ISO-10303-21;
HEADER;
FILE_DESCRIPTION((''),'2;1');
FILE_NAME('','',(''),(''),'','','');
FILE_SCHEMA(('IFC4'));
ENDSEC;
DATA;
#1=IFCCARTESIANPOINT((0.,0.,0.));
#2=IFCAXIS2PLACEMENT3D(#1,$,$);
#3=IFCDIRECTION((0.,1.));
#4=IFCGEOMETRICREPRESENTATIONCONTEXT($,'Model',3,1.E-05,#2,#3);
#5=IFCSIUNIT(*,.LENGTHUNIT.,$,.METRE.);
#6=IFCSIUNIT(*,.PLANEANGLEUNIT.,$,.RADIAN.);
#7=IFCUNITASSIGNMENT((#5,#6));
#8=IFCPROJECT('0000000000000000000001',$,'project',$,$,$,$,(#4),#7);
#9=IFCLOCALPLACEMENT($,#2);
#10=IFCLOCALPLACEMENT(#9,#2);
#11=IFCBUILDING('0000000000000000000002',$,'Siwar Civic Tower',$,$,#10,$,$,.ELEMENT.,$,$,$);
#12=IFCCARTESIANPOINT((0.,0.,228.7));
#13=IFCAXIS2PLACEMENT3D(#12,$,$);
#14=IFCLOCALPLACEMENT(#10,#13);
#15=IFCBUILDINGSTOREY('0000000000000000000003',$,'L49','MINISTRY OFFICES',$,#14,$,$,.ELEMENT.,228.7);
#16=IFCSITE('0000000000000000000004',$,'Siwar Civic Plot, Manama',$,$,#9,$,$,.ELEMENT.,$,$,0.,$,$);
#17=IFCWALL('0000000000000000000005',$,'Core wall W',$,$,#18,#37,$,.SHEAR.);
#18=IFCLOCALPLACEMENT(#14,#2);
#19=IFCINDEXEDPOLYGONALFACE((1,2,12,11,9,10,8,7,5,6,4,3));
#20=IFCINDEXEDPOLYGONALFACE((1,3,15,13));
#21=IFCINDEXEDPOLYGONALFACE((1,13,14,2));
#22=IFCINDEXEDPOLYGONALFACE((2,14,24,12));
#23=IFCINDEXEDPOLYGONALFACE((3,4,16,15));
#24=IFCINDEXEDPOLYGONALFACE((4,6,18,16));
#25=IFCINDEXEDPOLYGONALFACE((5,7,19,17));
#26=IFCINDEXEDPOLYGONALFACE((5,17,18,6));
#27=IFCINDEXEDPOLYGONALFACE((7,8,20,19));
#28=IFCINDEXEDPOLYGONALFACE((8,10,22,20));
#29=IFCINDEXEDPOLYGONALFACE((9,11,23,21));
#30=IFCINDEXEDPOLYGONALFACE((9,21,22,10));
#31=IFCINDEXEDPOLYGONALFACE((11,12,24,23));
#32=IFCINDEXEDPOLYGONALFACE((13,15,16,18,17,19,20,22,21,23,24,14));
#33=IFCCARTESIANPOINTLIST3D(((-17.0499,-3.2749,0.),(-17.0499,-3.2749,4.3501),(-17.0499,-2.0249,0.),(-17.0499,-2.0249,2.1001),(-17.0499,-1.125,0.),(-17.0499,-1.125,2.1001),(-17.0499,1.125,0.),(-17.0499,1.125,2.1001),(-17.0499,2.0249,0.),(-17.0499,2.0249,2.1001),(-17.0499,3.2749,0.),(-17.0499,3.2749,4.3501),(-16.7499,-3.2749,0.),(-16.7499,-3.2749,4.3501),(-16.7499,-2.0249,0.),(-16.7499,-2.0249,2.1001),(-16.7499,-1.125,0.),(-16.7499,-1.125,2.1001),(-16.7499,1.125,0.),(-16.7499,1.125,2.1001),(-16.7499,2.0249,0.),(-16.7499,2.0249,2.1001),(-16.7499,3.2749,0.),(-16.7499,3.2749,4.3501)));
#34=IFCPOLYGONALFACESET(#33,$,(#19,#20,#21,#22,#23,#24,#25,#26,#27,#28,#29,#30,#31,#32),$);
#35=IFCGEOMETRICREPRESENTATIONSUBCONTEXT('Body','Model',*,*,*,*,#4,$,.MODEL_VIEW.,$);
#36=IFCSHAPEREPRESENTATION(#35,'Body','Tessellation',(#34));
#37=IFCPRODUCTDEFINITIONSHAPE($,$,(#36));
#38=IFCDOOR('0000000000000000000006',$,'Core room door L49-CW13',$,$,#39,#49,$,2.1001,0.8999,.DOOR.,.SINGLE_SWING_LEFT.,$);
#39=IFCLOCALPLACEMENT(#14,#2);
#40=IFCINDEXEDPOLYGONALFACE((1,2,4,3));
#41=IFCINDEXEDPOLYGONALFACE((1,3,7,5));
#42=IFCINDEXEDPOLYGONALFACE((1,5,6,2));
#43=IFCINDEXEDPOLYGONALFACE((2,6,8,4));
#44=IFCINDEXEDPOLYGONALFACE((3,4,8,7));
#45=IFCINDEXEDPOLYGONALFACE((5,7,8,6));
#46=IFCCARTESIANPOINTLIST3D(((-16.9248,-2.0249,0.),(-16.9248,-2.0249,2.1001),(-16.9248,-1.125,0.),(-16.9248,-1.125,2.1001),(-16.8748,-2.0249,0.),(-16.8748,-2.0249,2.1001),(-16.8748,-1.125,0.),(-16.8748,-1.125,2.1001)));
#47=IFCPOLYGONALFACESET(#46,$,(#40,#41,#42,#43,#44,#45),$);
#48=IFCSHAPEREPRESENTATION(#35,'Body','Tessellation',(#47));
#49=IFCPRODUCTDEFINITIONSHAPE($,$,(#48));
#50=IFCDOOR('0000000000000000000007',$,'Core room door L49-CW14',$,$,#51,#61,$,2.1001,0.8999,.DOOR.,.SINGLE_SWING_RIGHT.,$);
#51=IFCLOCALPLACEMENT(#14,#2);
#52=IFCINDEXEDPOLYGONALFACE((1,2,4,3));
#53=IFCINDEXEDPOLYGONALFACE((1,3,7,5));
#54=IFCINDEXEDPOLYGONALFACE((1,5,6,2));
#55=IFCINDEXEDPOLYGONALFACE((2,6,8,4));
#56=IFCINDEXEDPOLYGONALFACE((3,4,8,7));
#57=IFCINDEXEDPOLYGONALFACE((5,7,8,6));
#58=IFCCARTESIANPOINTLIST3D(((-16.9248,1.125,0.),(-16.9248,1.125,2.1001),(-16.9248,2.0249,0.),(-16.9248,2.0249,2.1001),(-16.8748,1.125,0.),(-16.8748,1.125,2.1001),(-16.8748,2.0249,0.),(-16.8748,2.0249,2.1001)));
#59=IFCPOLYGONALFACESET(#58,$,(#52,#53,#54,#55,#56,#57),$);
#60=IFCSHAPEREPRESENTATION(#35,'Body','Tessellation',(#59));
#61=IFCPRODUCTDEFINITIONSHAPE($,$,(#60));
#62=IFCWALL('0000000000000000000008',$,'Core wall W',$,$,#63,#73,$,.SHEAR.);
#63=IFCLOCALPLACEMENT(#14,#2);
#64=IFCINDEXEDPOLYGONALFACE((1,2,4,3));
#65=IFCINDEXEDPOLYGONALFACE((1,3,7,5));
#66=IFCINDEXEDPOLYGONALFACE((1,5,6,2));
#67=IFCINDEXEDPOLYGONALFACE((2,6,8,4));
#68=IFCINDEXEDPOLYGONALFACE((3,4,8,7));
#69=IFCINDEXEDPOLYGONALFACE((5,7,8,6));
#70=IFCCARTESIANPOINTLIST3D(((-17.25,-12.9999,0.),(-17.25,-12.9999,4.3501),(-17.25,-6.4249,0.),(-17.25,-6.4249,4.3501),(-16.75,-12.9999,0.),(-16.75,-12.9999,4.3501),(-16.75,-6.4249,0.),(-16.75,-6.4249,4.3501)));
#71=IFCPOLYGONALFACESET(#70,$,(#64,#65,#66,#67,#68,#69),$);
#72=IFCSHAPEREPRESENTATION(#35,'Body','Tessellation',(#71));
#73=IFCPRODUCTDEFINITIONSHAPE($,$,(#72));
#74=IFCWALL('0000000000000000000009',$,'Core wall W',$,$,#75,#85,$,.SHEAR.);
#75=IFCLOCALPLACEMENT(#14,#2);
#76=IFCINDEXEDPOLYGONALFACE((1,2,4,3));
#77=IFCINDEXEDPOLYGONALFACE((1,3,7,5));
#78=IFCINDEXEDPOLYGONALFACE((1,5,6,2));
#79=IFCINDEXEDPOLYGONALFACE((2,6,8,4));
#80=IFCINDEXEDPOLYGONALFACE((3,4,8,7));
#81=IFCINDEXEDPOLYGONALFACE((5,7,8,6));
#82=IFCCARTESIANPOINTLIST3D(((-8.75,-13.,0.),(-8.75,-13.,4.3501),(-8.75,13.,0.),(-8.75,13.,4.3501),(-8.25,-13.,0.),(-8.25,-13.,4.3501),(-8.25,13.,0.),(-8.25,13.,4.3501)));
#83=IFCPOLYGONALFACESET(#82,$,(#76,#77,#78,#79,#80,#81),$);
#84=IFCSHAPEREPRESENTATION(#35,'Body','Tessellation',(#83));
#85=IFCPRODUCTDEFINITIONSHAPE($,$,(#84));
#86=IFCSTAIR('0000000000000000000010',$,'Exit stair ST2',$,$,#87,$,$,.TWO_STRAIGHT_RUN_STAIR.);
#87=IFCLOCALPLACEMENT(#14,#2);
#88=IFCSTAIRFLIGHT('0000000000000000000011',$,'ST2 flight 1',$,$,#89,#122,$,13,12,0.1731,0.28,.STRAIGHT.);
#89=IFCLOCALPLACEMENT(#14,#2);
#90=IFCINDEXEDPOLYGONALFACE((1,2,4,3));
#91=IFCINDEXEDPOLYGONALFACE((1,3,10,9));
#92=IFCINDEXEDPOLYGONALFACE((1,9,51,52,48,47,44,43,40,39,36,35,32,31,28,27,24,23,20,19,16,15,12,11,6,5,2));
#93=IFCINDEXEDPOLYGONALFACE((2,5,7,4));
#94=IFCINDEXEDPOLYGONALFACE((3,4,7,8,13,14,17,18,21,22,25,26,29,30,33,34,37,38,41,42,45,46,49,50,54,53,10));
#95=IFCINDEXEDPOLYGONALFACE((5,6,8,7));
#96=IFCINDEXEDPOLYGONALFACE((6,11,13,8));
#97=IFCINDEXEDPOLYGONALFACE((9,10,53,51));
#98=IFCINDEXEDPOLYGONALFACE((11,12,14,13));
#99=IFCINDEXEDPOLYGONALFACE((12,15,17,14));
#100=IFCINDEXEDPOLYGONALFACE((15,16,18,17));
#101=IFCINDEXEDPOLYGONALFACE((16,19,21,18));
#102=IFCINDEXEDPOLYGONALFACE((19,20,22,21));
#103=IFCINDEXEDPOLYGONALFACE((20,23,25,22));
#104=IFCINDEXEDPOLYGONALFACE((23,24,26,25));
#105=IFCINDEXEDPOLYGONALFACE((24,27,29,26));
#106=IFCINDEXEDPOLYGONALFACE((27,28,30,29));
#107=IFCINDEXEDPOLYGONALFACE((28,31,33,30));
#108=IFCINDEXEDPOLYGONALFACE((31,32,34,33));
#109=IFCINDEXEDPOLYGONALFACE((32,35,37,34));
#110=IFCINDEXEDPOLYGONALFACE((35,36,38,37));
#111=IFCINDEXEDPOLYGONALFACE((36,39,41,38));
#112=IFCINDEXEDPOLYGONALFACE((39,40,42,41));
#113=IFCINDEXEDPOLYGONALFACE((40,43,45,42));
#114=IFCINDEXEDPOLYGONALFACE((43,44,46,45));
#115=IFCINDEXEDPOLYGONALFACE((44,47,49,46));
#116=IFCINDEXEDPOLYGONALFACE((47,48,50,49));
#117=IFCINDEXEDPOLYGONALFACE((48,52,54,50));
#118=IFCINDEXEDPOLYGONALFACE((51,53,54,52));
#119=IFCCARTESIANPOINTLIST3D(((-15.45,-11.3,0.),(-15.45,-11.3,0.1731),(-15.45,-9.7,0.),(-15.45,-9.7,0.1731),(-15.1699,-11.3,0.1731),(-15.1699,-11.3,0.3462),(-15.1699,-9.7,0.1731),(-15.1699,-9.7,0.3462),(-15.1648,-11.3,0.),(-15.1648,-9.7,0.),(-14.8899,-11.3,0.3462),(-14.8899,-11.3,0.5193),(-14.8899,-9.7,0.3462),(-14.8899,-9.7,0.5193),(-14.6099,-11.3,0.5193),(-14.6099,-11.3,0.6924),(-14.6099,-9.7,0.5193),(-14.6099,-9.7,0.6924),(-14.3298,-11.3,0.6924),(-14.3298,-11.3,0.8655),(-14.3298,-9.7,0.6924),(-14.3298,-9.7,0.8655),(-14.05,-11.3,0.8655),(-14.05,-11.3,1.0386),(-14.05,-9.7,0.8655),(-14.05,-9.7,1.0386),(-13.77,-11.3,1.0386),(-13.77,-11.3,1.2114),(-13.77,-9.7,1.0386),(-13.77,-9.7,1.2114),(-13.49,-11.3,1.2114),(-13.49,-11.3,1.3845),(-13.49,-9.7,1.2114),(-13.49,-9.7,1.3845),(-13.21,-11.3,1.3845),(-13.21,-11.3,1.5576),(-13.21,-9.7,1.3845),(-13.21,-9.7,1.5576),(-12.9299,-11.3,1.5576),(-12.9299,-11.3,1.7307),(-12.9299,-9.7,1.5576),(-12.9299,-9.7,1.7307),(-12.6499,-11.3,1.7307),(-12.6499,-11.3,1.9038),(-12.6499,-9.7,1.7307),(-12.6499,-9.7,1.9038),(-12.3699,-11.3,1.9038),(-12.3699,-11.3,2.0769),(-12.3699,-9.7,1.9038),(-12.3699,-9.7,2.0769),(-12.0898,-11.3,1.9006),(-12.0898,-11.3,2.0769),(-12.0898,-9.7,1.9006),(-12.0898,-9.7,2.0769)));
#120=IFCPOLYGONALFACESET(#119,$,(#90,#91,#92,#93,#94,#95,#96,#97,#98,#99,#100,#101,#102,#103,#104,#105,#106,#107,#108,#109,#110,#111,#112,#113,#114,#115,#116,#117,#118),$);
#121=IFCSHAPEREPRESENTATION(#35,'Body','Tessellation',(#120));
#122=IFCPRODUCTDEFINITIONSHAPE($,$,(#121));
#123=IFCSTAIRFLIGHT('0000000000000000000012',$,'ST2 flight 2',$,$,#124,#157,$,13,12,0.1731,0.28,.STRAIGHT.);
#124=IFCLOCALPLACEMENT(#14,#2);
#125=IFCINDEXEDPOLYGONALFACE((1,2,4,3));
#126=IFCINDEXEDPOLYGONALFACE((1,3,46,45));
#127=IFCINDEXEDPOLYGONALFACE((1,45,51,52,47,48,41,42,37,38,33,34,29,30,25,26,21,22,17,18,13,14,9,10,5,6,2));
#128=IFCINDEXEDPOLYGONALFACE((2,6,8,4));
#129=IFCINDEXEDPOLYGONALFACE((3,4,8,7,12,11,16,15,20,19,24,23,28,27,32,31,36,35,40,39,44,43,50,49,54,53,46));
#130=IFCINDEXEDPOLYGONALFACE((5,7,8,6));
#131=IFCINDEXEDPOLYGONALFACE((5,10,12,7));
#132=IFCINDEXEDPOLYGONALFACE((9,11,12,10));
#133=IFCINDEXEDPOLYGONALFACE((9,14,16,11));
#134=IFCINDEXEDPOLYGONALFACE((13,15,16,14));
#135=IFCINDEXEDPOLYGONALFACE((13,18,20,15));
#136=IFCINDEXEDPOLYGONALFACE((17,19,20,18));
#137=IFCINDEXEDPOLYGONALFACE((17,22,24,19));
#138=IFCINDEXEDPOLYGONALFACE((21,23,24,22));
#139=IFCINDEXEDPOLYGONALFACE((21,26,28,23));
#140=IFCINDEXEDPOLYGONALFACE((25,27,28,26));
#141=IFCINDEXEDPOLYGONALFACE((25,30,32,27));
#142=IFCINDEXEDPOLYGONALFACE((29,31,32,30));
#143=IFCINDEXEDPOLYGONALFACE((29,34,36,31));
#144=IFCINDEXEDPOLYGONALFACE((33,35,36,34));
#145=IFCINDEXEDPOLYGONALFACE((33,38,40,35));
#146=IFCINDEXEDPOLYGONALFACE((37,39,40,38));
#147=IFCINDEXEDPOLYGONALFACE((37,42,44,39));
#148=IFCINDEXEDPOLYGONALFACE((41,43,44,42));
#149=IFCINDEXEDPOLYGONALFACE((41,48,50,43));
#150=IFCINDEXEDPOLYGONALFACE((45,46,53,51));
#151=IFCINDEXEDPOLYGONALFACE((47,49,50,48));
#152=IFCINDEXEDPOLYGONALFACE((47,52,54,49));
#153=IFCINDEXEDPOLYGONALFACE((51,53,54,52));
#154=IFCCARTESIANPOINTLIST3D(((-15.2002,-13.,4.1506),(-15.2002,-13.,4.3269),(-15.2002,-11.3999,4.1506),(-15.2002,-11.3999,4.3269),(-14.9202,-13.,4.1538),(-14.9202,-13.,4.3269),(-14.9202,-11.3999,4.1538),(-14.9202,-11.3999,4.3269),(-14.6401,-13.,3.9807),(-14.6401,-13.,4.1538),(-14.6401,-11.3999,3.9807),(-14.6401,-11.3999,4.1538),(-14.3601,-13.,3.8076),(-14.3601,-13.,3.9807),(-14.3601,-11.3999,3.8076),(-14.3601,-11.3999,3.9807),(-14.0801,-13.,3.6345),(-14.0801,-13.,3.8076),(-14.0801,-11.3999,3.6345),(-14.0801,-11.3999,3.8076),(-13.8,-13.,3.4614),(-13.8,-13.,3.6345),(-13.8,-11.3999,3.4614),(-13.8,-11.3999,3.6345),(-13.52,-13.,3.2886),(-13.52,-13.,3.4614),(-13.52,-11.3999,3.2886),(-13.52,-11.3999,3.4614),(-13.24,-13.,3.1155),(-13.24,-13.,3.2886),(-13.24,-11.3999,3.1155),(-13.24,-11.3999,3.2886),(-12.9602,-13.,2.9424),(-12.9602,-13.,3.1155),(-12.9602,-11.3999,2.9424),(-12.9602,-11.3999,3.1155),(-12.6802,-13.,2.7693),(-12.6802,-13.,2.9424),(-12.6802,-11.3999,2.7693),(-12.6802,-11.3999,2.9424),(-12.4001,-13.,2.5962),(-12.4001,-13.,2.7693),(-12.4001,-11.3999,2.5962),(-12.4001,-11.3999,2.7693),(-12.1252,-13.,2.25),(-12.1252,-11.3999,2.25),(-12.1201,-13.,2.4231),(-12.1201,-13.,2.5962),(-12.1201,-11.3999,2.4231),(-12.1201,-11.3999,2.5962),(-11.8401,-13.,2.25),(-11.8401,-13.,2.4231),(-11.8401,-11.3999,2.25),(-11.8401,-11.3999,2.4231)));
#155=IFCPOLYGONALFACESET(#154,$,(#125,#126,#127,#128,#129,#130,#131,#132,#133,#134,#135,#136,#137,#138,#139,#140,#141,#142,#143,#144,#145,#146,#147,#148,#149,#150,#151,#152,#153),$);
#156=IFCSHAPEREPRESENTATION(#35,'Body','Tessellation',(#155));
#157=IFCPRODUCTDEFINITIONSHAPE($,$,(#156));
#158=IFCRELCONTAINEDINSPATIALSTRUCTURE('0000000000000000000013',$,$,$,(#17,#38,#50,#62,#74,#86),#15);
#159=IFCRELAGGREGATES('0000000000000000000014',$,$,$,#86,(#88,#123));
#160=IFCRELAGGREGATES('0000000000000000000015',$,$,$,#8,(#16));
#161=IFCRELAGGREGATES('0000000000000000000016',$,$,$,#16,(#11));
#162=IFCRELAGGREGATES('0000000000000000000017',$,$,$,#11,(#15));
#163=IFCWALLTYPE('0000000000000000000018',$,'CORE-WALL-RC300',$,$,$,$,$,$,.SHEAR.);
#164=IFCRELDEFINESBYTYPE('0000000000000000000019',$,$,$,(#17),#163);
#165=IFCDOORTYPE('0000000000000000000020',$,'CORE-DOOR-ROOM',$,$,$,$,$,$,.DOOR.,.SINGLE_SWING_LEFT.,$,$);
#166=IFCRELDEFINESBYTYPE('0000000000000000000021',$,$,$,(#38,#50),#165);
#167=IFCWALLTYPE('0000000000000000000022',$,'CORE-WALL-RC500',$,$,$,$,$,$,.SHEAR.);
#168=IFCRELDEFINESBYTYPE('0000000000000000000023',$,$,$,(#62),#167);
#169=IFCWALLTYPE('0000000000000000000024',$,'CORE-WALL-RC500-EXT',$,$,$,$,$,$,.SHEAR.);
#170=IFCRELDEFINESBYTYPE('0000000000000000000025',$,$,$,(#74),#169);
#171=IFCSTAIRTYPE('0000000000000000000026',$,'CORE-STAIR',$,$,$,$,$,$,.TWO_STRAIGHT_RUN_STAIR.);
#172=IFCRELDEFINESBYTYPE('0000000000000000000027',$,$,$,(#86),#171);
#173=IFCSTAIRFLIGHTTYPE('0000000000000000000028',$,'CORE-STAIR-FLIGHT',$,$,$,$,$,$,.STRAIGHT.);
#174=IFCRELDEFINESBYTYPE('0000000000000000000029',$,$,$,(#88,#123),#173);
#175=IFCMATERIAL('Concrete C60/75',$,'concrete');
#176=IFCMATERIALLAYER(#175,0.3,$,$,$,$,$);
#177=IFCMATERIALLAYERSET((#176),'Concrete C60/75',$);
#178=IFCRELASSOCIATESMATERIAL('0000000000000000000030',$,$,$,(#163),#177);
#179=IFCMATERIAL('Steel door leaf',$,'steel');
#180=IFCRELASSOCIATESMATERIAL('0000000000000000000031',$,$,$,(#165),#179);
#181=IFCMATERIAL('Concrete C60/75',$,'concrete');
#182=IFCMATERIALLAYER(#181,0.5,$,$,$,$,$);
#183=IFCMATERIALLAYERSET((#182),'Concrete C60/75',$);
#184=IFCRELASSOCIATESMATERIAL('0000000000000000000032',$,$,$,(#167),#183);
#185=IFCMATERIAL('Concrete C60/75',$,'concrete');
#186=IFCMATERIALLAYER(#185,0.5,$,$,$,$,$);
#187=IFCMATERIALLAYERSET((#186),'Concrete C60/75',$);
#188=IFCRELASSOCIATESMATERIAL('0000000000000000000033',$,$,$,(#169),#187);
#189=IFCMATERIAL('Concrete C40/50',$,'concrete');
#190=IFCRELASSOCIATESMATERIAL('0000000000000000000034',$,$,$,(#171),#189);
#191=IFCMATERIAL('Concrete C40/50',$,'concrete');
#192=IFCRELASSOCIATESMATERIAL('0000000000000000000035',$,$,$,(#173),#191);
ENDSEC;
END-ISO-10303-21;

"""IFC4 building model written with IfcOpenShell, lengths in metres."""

from ifc_helpers import new_model, si_unit, direction, frame, frame_2d, origin, place, context, subcontext, project, spatial, polyline, rectangle, outline, extrude, material, layer, layer_set, type_object, element, fill, aggregate, save


model = new_model("IFC4")

# Units and contexts
model_context = context("Model", 3, precision=1e-05, world=origin(), true_north=direction((0.0, 1.0)))
body_context = subcontext(model_context, "Body", "Model", "MODEL_VIEW")
ifc_project = project(units=[si_unit("LENGTHUNIT", "METRE"), si_unit("PLANEANGLEUNIT", "RADIAN")], contexts=[model_context])

# Site, building, storey
site_placement = place(None, origin())
site = spatial("IfcSite", under=ifc_project, at=site_placement, Name="Siwar Civic Plot, Manama", CompositionType="ELEMENT", RefElevation=0.0)
building_placement = place(site_placement, origin())
building = spatial("IfcBuilding", under=site, at=building_placement, Name="Siwar Civic Tower", CompositionType="ELEMENT")
storey_placement = place(building_placement, frame((0.0, 0.0, 228.7)))
storey = spatial("IfcBuildingStorey", under=building, at=storey_placement, Name="L49", Description="MINISTRY OFFICES", CompositionType="ELEMENT", Elevation=228.7)

# Wall, openings, doors
ifc_material_1 = material(Name="Concrete C60/75", Category="concrete")
ifc_layer_1 = layer(ifc_material_1, 0.3)
ifc_layer_set_1 = layer_set([ifc_layer_1], Name="Concrete C60/75")
wall_type_1 = type_object("IfcWallType", Name="CORE-WALL-RC300", PredefinedType="SHEAR", material=ifc_layer_set_1)
wall_1_placement = place(storey_placement, frame((-16.8999, -3.2749, 0.0), z_axis=(0.0, 0.0, 1.0), x_axis=(0.0, 1.0, 0.0)))
wall_1 = element("IfcWall", 1, at=wall_1_placement, inside=storey, type_object=wall_type_1, Name="Core wall W", PredefinedType="SHEAR", context=body_context, shape_type="SweptSolid", body=[
    extrude(rectangle(XDim=6.5498, YDim=0.3, at=frame_2d((3.2749, 0.0))), origin(), (0.0, 0.0, 1.0), 4.3501),
])
opening_1_placement = place(wall_1_placement, frame((1.25, 0.0, 0.0)))
opening_1 = element("IfcOpeningElement", 2, at=opening_1_placement, cuts=wall_1, PredefinedType="OPENING", context=body_context, shape_type="SweptSolid", body=[
    extrude(rectangle(XDim=0.8999, YDim=2.1001, at=frame_2d((0.45, 1.05))), frame((0.0, 0.1602, 0.0), z_axis=(0.0, -1.0, 0.0), x_axis=(1.0, 0.0, 0.0)), (0.0, 0.0, 1.0), 0.3201),
])
opening_2_placement = place(wall_1_placement, frame((4.3999, 0.0, 0.0)))
opening_2 = element("IfcOpeningElement", 3, at=opening_2_placement, cuts=wall_1, PredefinedType="OPENING", context=body_context, shape_type="SweptSolid", body=[
    extrude(rectangle(XDim=0.8999, YDim=2.1001, at=frame_2d((0.45, 1.05))), frame((0.0, 0.1602, 0.0), z_axis=(0.0, -1.0, 0.0), x_axis=(1.0, 0.0, 0.0)), (0.0, 0.0, 1.0), 0.3201),
])
ifc_material_2 = material(Name="Steel door leaf", Category="steel")
door_type_1 = type_object("IfcDoorType", Name="CORE-DOOR-ROOM", OperationType="SINGLE_SWING_LEFT", PredefinedType="DOOR", material=ifc_material_2)
door_1_placement = place(opening_1_placement, origin())
door_1 = element("IfcDoor", 4, at=door_1_placement, inside=storey, type_object=door_type_1, Name="Core room door L49-CW13", OperationType="SINGLE_SWING_LEFT", OverallHeight=2.1001, OverallWidth=0.8999, PredefinedType="DOOR", context=body_context, shape_type="SweptSolid", body=[
    extrude(rectangle(XDim=0.8999, YDim=2.1001, at=frame_2d((0.45, 1.05))), frame((0.0, 0.0249, 0.0), z_axis=(0.0, -1.0, 0.0), x_axis=(1.0, 0.0, 0.0)), (0.0, 0.0, 1.0), 0.05),
])
fill(opening_1, door_1)
door_2_placement = place(opening_2_placement, origin())
door_2 = element("IfcDoor", 5, at=door_2_placement, inside=storey, type_object=door_type_1, Name="Core room door L49-CW14", OperationType="SINGLE_SWING_RIGHT", OverallHeight=2.1001, OverallWidth=0.8999, PredefinedType="DOOR", context=body_context, shape_type="SweptSolid", body=[
    extrude(rectangle(XDim=0.8999, YDim=2.1001, at=frame_2d((0.45, 1.05))), frame((0.0, 0.0249, 0.0), z_axis=(0.0, -1.0, 0.0), x_axis=(1.0, 0.0, 0.0)), (0.0, 0.0, 1.0), 0.05),
])
fill(opening_2, door_2)

# Walls
ifc_material_3 = material(Name="Concrete C60/75", Category="concrete")
ifc_layer_2 = layer(ifc_material_3, 0.5)
ifc_layer_set_2 = layer_set([ifc_layer_2], Name="Concrete C60/75")
wall_type_2 = type_object("IfcWallType", Name="CORE-WALL-RC500", PredefinedType="SHEAR", material=ifc_layer_set_2)
wall_2_placement = place(storey_placement, frame((-17.0, -13.0, 0.0), z_axis=(0.0, 0.0, 1.0), x_axis=(0.0, 1.0, 0.0)))
element("IfcWall", 6, at=wall_2_placement, inside=storey, type_object=wall_type_2, Name="Core wall W", PredefinedType="SHEAR", context=body_context, shape_type="SweptSolid", body=[
    extrude(rectangle(XDim=6.575, YDim=0.5, at=frame_2d((3.2876, 0.0))), origin(), (0.0, 0.0, 1.0), 4.3501),
])
ifc_material_4 = material(Name="Concrete C60/75", Category="concrete")
ifc_layer_3 = layer(ifc_material_4, 0.5)
ifc_layer_set_3 = layer_set([ifc_layer_3], Name="Concrete C60/75")
wall_type_3 = type_object("IfcWallType", Name="CORE-WALL-RC500-EXT", PredefinedType="SHEAR", material=ifc_layer_set_3)
wall_3_placement = place(storey_placement, frame((-8.5, -13.0, 0.0), z_axis=(0.0, 0.0, 1.0), x_axis=(0.0, 1.0, 0.0)))
element("IfcWall", 7, at=wall_3_placement, inside=storey, type_object=wall_type_3, Name="Core wall W", PredefinedType="SHEAR", context=body_context, shape_type="SweptSolid", body=[
    extrude(rectangle(XDim=26.0, YDim=0.5, at=frame_2d((13.0, 0.0))), origin(), (0.0, 0.0, 1.0), 4.3501),
])

# Stair, stair flights
ifc_material_5 = material(Name="Concrete C40/50", Category="concrete")
stair_type = type_object("IfcStairType", Name="CORE-STAIR", PredefinedType="TWO_STRAIGHT_RUN_STAIR", material=ifc_material_5)
stair_placement = place(storey_placement, origin())
stair = element("IfcStair", 8, at=stair_placement, inside=storey, type_object=stair_type, Name="Exit stair ST2", PredefinedType="TWO_STRAIGHT_RUN_STAIR")
ifc_material_6 = material(Name="Concrete C40/50", Category="concrete")
stair_flight_type = type_object("IfcStairFlightType", Name="CORE-STAIR-FLIGHT", PredefinedType="STRAIGHT", material=ifc_material_6)
stair_flight_1_placement = place(storey_placement, frame((-15.45, -10.5, 0.0), z_axis=(0.0, 0.0, 1.0), x_axis=(1.0, 0.0, 0.0)))
stair_flight_1 = element("IfcStairFlight", 9, at=stair_flight_1_placement, type_object=stair_flight_type, Name="ST2 flight 1", NumberOfRisers=13, NumberOfTreads=12, PredefinedType="STRAIGHT", RiserHeight=0.1731, TreadLength=0.28, context=body_context, shape_type="SweptSolid", body=[
    extrude(outline(polyline([(0.0, 0.0), (0.0, 0.1731), (0.28, 0.1731), (0.28, 0.3462), (0.5601, 0.3462), (0.5601, 0.5193), (0.8401, 0.5193), (0.8401, 0.6924), (1.1201, 0.6924), (1.1201, 0.8655), (1.3999, 0.8655), (1.3999, 1.0386), (1.6799, 1.0386), (1.6799, 1.2114), (1.96, 1.2114), (1.96, 1.3845), (2.24, 1.3845), (2.24, 1.5576), (2.52, 1.5576), (2.52, 1.7307), (2.8, 1.7307), (2.8, 1.9038), (3.0801, 1.9038), (3.0801, 2.0769), (3.3601, 2.0769), (3.3601, 2.25), (3.3601, 1.9006), (0.2852, 0.0), (0.0, 0.0)])), frame((0.0, 0.8, 0.0), z_axis=(0.0, -1.0, 0.0), x_axis=(1.0, 0.0, 0.0)), (0.0, 0.0, 1.0), 1.6001),
])
stair_flight_2_placement = place(storey_placement, frame((-11.8401, -12.2, 2.25), z_axis=(0.0, 0.0, 1.0), x_axis=(-1.0, 0.0, 0.0)))
stair_flight_2 = element("IfcStairFlight", 10, at=stair_flight_2_placement, type_object=stair_flight_type, Name="ST2 flight 2", NumberOfRisers=13, NumberOfTreads=12, PredefinedType="STRAIGHT", RiserHeight=0.1731, TreadLength=0.28, context=body_context, shape_type="SweptSolid", body=[
    extrude(outline(polyline([(0.0, 0.0), (0.0, 0.1731), (0.28, 0.1731), (0.28, 0.3462), (0.5601, 0.3462), (0.5601, 0.5193), (0.8401, 0.5193), (0.8401, 0.6924), (1.1201, 0.6924), (1.1201, 0.8655), (1.3999, 0.8655), (1.3999, 1.0386), (1.6799, 1.0386), (1.6799, 1.2114), (1.96, 1.2114), (1.96, 1.3845), (2.24, 1.3845), (2.24, 1.5576), (2.52, 1.5576), (2.52, 1.7307), (2.8, 1.7307), (2.8, 1.9038), (3.0801, 1.9038), (3.0801, 2.0769), (3.3601, 2.0769), (3.3601, 2.25), (3.3601, 1.9006), (0.2852, 0.0), (0.0, 0.0)])), frame((0.0, 0.8, 0.0), z_axis=(0.0, -1.0, 0.0), x_axis=(1.0, 0.0, 0.0)), (0.0, 0.0, 1.0), 1.6001),
])
aggregate(stair, [stair_flight_1, stair_flight_2])

save(model, "model.ifc")
